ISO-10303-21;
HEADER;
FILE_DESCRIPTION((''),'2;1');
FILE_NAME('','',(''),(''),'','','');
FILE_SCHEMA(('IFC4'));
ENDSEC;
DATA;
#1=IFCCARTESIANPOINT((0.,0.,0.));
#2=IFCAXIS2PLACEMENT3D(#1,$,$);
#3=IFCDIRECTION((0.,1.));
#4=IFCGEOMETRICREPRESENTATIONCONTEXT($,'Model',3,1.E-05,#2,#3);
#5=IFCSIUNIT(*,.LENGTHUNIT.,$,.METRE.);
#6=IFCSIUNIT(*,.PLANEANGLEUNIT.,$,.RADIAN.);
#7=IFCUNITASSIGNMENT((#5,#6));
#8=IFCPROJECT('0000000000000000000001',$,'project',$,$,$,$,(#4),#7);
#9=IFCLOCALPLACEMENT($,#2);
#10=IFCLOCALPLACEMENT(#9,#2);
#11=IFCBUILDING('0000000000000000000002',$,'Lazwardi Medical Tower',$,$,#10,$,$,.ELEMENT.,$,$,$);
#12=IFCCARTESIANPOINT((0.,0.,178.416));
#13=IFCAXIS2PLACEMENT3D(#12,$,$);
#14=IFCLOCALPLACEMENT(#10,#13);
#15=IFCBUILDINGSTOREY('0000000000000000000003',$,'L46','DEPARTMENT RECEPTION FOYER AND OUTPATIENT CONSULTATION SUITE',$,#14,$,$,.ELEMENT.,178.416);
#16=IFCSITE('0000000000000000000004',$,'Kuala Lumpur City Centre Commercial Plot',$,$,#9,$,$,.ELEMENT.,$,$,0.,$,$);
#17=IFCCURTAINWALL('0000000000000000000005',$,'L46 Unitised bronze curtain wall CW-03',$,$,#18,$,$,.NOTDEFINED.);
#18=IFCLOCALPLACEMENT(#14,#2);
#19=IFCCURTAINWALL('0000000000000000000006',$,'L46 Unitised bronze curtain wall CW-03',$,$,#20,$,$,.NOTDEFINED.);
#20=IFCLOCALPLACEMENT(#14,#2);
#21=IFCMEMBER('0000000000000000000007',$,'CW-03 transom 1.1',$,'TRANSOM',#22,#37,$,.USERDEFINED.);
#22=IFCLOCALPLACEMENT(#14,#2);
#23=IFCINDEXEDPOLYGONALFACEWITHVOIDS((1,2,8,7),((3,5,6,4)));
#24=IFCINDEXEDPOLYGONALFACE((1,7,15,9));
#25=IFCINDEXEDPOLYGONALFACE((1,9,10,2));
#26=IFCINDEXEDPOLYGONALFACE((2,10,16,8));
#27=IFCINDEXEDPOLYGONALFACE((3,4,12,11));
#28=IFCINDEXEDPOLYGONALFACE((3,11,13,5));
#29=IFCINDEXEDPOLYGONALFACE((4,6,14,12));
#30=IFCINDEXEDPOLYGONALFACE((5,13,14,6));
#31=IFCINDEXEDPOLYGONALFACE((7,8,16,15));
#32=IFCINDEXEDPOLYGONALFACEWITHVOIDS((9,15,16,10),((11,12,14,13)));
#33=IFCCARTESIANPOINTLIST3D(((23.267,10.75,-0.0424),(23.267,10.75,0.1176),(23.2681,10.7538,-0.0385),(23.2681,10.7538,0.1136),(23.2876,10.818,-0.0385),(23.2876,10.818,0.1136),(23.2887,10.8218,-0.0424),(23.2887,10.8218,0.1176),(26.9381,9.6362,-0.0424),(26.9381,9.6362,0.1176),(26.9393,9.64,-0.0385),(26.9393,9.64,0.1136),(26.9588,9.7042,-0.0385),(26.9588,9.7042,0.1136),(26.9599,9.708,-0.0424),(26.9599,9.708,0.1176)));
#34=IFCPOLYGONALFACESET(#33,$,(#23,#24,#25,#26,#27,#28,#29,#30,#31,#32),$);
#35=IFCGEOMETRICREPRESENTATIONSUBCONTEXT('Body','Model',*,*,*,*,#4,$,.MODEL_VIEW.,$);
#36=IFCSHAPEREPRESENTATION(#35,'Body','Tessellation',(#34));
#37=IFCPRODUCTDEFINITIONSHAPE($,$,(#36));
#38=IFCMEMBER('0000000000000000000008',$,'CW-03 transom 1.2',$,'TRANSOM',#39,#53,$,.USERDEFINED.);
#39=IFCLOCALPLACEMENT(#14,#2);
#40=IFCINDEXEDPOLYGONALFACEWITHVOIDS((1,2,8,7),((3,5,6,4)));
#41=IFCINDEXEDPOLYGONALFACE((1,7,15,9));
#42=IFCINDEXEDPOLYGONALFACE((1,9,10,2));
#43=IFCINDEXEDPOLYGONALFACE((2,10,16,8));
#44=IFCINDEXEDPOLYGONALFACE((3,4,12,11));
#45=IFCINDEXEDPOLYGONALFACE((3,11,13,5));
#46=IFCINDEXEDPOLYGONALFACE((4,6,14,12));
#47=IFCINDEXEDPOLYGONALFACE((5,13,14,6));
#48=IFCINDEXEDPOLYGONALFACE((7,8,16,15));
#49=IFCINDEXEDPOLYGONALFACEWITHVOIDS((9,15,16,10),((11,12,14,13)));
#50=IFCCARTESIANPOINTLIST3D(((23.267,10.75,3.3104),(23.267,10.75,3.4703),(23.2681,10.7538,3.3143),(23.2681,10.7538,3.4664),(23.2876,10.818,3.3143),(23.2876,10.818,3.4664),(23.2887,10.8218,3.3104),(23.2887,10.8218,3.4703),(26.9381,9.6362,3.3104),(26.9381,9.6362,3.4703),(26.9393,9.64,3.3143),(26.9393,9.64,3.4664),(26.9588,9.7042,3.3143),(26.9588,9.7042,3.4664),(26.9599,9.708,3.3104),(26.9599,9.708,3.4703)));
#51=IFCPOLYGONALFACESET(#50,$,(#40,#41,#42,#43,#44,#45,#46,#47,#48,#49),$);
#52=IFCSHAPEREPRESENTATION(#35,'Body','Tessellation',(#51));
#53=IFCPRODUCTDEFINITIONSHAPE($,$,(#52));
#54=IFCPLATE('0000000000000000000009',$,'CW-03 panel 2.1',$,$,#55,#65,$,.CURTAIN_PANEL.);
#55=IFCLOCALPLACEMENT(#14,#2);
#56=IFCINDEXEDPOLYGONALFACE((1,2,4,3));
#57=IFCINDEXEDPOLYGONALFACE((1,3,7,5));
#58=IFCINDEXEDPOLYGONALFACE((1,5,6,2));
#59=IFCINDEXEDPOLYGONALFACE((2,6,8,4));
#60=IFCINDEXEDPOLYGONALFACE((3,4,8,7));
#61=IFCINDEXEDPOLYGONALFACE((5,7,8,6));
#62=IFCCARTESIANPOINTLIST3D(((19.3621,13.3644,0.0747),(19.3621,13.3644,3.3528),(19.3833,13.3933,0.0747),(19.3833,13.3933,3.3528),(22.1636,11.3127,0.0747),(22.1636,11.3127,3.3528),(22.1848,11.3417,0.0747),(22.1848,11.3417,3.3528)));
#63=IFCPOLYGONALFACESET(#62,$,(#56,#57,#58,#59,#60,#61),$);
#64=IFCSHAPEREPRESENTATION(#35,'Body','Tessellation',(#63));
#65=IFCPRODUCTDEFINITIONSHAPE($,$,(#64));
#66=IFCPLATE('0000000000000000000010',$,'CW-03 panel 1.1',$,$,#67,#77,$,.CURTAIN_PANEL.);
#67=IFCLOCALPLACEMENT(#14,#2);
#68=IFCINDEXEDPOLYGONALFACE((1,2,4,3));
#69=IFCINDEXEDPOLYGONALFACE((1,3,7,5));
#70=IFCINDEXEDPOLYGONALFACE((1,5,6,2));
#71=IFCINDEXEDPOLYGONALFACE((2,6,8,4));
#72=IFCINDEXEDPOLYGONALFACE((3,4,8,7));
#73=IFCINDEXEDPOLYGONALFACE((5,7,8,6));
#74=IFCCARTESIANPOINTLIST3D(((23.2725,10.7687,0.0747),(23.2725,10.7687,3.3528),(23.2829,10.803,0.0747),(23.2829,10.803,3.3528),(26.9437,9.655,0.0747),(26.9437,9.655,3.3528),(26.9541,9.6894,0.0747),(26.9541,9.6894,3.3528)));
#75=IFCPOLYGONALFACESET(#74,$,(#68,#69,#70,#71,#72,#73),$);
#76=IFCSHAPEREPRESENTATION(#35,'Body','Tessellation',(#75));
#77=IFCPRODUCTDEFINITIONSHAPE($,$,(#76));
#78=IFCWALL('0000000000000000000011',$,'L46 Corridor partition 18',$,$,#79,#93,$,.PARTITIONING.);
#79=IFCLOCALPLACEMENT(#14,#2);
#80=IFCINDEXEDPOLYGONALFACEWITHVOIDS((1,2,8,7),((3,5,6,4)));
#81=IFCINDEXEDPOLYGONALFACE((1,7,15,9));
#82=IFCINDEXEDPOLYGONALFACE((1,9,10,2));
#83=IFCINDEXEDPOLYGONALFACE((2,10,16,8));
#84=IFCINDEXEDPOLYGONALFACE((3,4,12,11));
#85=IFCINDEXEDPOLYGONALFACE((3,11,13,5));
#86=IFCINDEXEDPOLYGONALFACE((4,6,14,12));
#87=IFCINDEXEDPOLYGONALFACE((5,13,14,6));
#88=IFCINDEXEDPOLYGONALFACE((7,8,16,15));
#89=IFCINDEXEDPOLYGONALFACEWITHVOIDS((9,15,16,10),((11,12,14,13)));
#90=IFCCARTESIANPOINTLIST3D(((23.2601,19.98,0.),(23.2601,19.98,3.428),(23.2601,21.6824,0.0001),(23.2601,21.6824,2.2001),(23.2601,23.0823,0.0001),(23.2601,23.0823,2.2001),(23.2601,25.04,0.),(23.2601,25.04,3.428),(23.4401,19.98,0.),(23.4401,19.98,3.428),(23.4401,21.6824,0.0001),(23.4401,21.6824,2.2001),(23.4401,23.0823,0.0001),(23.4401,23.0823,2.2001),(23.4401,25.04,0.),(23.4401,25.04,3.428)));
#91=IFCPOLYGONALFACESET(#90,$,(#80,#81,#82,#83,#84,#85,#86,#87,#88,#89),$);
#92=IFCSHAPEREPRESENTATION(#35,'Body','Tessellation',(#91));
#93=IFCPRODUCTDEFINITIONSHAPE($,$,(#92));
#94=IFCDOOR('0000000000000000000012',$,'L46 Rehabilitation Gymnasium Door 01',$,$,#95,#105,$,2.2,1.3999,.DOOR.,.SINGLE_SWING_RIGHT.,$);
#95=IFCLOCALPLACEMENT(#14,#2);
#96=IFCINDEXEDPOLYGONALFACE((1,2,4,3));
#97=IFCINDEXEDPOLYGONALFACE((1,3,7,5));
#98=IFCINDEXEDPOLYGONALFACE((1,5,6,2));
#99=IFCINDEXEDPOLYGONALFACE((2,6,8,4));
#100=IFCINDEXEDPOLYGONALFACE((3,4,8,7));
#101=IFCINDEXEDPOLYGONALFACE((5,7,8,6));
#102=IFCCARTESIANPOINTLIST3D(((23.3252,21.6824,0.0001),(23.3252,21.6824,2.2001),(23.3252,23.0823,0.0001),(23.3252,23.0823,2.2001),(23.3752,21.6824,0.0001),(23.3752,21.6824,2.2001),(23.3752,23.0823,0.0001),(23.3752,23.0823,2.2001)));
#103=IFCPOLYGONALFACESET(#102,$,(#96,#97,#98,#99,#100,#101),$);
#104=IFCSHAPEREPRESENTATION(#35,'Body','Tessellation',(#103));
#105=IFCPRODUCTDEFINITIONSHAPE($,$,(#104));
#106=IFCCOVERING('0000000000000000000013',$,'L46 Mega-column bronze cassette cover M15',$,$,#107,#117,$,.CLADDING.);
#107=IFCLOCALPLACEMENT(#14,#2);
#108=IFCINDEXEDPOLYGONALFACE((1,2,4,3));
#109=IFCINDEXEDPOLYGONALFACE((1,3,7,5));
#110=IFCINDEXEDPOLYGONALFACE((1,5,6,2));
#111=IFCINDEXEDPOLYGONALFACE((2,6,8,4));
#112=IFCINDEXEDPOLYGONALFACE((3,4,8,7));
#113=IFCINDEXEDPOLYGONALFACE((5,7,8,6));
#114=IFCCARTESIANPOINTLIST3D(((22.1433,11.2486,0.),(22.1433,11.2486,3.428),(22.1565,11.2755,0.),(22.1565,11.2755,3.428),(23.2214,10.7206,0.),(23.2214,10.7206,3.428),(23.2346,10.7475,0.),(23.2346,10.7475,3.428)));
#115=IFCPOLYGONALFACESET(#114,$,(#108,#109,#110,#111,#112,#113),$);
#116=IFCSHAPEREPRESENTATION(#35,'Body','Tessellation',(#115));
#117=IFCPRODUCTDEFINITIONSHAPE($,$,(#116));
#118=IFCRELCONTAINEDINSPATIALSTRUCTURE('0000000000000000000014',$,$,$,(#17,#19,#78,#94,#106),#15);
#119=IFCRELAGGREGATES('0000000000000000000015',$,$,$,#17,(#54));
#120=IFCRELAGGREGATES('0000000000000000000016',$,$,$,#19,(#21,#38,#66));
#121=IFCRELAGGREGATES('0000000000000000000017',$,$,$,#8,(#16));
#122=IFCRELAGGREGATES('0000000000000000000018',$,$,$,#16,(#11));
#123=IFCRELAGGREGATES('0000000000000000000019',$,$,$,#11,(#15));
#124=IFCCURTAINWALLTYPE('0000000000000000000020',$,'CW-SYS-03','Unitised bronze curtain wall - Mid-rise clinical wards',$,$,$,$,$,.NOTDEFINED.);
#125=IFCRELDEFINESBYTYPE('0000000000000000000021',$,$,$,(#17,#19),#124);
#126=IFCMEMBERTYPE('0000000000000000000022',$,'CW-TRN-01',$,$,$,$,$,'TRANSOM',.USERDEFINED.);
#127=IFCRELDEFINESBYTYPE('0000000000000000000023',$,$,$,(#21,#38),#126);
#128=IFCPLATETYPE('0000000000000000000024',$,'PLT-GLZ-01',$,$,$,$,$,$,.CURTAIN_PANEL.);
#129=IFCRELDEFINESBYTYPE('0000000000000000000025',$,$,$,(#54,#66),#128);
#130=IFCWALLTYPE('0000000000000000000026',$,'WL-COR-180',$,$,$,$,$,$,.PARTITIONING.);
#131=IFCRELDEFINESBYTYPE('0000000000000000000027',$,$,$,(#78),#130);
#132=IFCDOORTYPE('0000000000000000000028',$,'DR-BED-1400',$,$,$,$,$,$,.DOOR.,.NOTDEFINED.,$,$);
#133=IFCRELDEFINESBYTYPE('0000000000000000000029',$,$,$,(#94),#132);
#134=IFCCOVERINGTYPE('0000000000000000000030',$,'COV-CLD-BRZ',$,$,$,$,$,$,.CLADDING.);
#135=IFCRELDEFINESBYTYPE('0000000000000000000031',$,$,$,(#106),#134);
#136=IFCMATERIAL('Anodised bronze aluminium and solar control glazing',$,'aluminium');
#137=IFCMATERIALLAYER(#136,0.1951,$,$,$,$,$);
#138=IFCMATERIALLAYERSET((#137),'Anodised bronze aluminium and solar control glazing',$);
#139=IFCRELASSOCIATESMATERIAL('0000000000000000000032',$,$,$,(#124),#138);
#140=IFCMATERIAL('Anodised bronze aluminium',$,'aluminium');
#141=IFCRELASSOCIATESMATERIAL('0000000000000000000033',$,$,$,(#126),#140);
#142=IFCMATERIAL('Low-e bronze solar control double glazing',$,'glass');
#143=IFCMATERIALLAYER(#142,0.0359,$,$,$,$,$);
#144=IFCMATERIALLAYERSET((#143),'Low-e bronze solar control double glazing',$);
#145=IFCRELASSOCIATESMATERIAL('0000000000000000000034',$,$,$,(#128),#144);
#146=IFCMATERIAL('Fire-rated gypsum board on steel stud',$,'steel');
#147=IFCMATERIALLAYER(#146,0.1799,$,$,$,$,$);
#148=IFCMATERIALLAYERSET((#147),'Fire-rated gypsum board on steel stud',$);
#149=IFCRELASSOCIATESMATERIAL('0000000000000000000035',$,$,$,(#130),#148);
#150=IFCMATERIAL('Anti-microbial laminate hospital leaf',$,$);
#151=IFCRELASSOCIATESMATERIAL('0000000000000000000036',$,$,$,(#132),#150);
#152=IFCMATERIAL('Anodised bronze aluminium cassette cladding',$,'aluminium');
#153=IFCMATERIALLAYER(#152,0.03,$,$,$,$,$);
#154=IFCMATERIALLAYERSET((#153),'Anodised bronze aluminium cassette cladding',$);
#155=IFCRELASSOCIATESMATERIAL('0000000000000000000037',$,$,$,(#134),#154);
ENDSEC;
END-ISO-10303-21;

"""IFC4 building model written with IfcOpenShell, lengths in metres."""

from ifc_helpers import new_model, si_unit, direction, frame, frame_2d, origin, origin_2d, place, context, subcontext, project, spatial, rectangle, hollow_rectangle, extrude, material, layer, layer_set, material_profile, profile_set, type_object, element, fill, aggregate, save


model = new_model("IFC4")

# Units and contexts
model_context = context("Model", 3, precision=1e-05, world=origin(), true_north=direction((0.0, 1.0)))
body_context = subcontext(model_context, "Body", "Model", "MODEL_VIEW")
ifc_project = project(units=[si_unit("LENGTHUNIT", "METRE"), si_unit("PLANEANGLEUNIT", "RADIAN")], contexts=[model_context])

# Site, building, storey
site_placement = place(None, origin())
site = spatial("IfcSite", under=ifc_project, at=site_placement, Name="Kuala Lumpur City Centre Commercial Plot", CompositionType="ELEMENT", RefElevation=0.0)
building_placement = place(site_placement, origin())
building = spatial("IfcBuilding", under=site, at=building_placement, Name="Lazwardi Medical Tower", CompositionType="ELEMENT")
storey_placement = place(building_placement, frame((0.0, 0.0, 178.416)))
storey = spatial("IfcBuildingStorey", under=building, at=storey_placement, Name="L46", Description="DEPARTMENT RECEPTION FOYER AND OUTPATIENT CONSULTATION SUITE", CompositionType="ELEMENT", Elevation=178.416)

# Curtain wall
ifc_material_1 = material(Name="Anodised bronze aluminium and solar control glazing", Category="aluminium")
ifc_layer_1 = layer(ifc_material_1, 0.1951)
ifc_layer_set_1 = layer_set([ifc_layer_1], Name="Anodised bronze aluminium and solar control glazing")
curtain_wall_type = type_object("IfcCurtainWallType", Name="CW-SYS-03", Description="Unitised bronze curtain wall - Mid-rise clinical wards", PredefinedType="NOTDEFINED", material=ifc_layer_set_1)
curtain_wall_1_placement = place(storey_placement, origin())
curtain_wall_1 = element("IfcCurtainWall", 1, at=curtain_wall_1_placement, inside=storey, type_object=curtain_wall_type, Name="L46 Unitised bronze curtain wall CW-03", PredefinedType="NOTDEFINED")
ifc_material_2 = material(Name="Anodised bronze aluminium", Category="aluminium")

# Curtain wall
curtain_wall_2_placement = place(storey_placement, origin())
curtain_wall_2 = element("IfcCurtainWall", 2, at=curtain_wall_2_placement, inside=storey, type_object=curtain_wall_type, Name="L46 Unitised bronze curtain wall CW-03", PredefinedType="NOTDEFINED")

# Members
ifc_material_profile_1 = material_profile(ifc_material_2, hollow_rectangle(XDim=0.075, YDim=0.1599, WallThickness=0.0039, at=origin_2d()), Name="ALU-TRANSOM 160x75x4")
ifc_profile_set_1 = profile_set([ifc_material_profile_1], Name="Anodised bronze aluminium")
member_type_1 = type_object("IfcMemberType", Name="CW-TRN-01", ElementType="TRANSOM", PredefinedType="USERDEFINED", material=ifc_profile_set_1)
member_1_placement = place(storey_placement, frame((23.2778, 10.7859, 0.0376), z_axis=(0.95693, -0.290318, 0.0), x_axis=(0.290318, 0.95693, 0.0)))
member_1 = element("IfcMember", 3, at=member_1_placement, type_object=member_type_1, Name="CW-03 transom 1.1", ObjectType="TRANSOM", PredefinedType="USERDEFINED", context=body_context, shape_type="SweptSolid", body=[
    extrude(hollow_rectangle(XDim=0.075, YDim=0.1599, WallThickness=0.0039, at=origin_2d()), origin(), (0.0, 0.0, 1.0), 3.8364),
])
member_2_placement = place(storey_placement, frame((23.2778, 10.7859, 3.3904), z_axis=(0.95693, -0.290318, 0.0), x_axis=(0.290318, 0.95693, 0.0)))
member_2 = element("IfcMember", 4, at=member_2_placement, type_object=member_type_1, Name="CW-03 transom 1.2", ObjectType="TRANSOM", PredefinedType="USERDEFINED", context=body_context, shape_type="SweptSolid", body=[
    extrude(hollow_rectangle(XDim=0.075, YDim=0.1599, WallThickness=0.0039, at=origin_2d()), origin(), (0.0, 0.0, 1.0), 3.8364),
])

# Plates
ifc_material_3 = material(Name="Low-e bronze solar control double glazing", Category="glass")
ifc_layer_2 = layer(ifc_material_3, 0.0359)
ifc_layer_set_2 = layer_set([ifc_layer_2], Name="Low-e bronze solar control double glazing")
plate_type = type_object("IfcPlateType", Name="PLT-GLZ-01", PredefinedType="CURTAIN_PANEL", material=ifc_layer_set_2)
plate_1_placement = place(storey_placement, frame((20.7734, 12.353, 0.0747), z_axis=(0.0, 0.0, 1.0), x_axis=(0.806793, -0.590834, 0.0)))
plate_1 = element("IfcPlate", 5, at=plate_1_placement, type_object=plate_type, Name="CW-03 panel 2.1", PredefinedType="CURTAIN_PANEL", context=body_context, shape_type="SweptSolid", body=[
    extrude(rectangle(XDim=3.4724, YDim=0.0359, at=origin_2d()), origin(), (0.0, 0.0, 1.0), 3.2781),
])
aggregate(curtain_wall_1, [plate_1])
plate_2_placement = place(storey_placement, frame((25.1133, 10.229, 0.0747), z_axis=(0.0, 0.0, 1.0), x_axis=(0.956942, -0.290281, 0.0)))
plate_2 = element("IfcPlate", 6, at=plate_2_placement, type_object=plate_type, Name="CW-03 panel 1.1", PredefinedType="CURTAIN_PANEL", context=body_context, shape_type="SweptSolid", body=[
    extrude(rectangle(XDim=3.8364, YDim=0.0359, at=origin_2d()), origin(), (0.0, 0.0, 1.0), 3.2781),
])
aggregate(curtain_wall_2, [member_1, member_2, plate_2])

# Wall, opening, door
ifc_material_4 = material(Name="Fire-rated gypsum board on steel stud", Category="steel")
ifc_layer_3 = layer(ifc_material_4, 0.1799)
ifc_layer_set_3 = layer_set([ifc_layer_3], Name="Fire-rated gypsum board on steel stud")
wall_type = type_object("IfcWallType", Name="WL-COR-180", PredefinedType="PARTITIONING", material=ifc_layer_set_3)
wall_placement = place(storey_placement, frame((23.3501, 19.98, 0.0), z_axis=(0.0, 0.0, 1.0), x_axis=(0.0, 1.0, 0.0)))
wall = element("IfcWall", 7, at=wall_placement, inside=storey, type_object=wall_type, Name="L46 Corridor partition 18", PredefinedType="PARTITIONING", context=body_context, shape_type="SweptSolid", body=[
    extrude(rectangle(XDim=5.0601, YDim=0.1799, at=frame_2d((2.53, 0.0))), origin(), (0.0, 0.0, 1.0), 3.428),
])
opening_placement = place(wall_placement, frame((1.7024, 0.0, 0.0)))
opening = element("IfcOpeningElement", 8, at=opening_placement, cuts=wall, PredefinedType="OPENING", context=body_context, shape_type="SweptSolid", body=[
    extrude(rectangle(XDim=1.3999, YDim=2.2, at=frame_2d((0.7, 1.1001))), frame((0.0, 0.0999, 0.0), z_axis=(0.0, -1.0, 0.0), x_axis=(1.0, 0.0, 0.0)), (0.0, 0.0, 1.0), 0.2),
])
ifc_material_5 = material(Name="Anti-microbial laminate hospital leaf")
door_type = type_object("IfcDoorType", Name="DR-BED-1400", OperationType="NOTDEFINED", PredefinedType="DOOR", material=ifc_material_5)
door_placement = place(opening_placement, origin())
door = element("IfcDoor", 9, at=door_placement, inside=storey, type_object=door_type, Name="L46 Rehabilitation Gymnasium Door 01", OperationType="SINGLE_SWING_RIGHT", OverallHeight=2.2, OverallWidth=1.3999, PredefinedType="DOOR", context=body_context, shape_type="SweptSolid", body=[
    extrude(rectangle(XDim=1.3999, YDim=2.2, at=frame_2d((0.7, 1.1001))), frame((0.0, 0.0249, 0.0), z_axis=(0.0, -1.0, 0.0), x_axis=(1.0, 0.0, 0.0)), (0.0, 0.0, 1.0), 0.05),
])
fill(opening, door)

# Covering
ifc_material_6 = material(Name="Anodised bronze aluminium cassette cladding", Category="aluminium")
ifc_layer_4 = layer(ifc_material_6, 0.03)
ifc_layer_set_4 = layer_set([ifc_layer_4], Name="Anodised bronze aluminium cassette cladding")
covering_type = type_object("IfcCoveringType", Name="COV-CLD-BRZ", PredefinedType="CLADDING", material=ifc_layer_set_4)
covering_placement = place(storey_placement, frame((22.689, 10.998, 0.0), z_axis=(0.0, 0.0, 1.0), x_axis=(0.898079, -0.439834, 0.0)))
element("IfcCovering", 10, at=covering_placement, inside=storey, type_object=covering_type, Name="L46 Mega-column bronze cassette cover M15", PredefinedType="CLADDING", context=body_context, shape_type="SweptSolid", body=[
    extrude(rectangle(XDim=1.2004, YDim=0.03, at=origin_2d()), origin(), (0.0, 0.0, 1.0), 3.428),
])

save(model, "model.ifc")
